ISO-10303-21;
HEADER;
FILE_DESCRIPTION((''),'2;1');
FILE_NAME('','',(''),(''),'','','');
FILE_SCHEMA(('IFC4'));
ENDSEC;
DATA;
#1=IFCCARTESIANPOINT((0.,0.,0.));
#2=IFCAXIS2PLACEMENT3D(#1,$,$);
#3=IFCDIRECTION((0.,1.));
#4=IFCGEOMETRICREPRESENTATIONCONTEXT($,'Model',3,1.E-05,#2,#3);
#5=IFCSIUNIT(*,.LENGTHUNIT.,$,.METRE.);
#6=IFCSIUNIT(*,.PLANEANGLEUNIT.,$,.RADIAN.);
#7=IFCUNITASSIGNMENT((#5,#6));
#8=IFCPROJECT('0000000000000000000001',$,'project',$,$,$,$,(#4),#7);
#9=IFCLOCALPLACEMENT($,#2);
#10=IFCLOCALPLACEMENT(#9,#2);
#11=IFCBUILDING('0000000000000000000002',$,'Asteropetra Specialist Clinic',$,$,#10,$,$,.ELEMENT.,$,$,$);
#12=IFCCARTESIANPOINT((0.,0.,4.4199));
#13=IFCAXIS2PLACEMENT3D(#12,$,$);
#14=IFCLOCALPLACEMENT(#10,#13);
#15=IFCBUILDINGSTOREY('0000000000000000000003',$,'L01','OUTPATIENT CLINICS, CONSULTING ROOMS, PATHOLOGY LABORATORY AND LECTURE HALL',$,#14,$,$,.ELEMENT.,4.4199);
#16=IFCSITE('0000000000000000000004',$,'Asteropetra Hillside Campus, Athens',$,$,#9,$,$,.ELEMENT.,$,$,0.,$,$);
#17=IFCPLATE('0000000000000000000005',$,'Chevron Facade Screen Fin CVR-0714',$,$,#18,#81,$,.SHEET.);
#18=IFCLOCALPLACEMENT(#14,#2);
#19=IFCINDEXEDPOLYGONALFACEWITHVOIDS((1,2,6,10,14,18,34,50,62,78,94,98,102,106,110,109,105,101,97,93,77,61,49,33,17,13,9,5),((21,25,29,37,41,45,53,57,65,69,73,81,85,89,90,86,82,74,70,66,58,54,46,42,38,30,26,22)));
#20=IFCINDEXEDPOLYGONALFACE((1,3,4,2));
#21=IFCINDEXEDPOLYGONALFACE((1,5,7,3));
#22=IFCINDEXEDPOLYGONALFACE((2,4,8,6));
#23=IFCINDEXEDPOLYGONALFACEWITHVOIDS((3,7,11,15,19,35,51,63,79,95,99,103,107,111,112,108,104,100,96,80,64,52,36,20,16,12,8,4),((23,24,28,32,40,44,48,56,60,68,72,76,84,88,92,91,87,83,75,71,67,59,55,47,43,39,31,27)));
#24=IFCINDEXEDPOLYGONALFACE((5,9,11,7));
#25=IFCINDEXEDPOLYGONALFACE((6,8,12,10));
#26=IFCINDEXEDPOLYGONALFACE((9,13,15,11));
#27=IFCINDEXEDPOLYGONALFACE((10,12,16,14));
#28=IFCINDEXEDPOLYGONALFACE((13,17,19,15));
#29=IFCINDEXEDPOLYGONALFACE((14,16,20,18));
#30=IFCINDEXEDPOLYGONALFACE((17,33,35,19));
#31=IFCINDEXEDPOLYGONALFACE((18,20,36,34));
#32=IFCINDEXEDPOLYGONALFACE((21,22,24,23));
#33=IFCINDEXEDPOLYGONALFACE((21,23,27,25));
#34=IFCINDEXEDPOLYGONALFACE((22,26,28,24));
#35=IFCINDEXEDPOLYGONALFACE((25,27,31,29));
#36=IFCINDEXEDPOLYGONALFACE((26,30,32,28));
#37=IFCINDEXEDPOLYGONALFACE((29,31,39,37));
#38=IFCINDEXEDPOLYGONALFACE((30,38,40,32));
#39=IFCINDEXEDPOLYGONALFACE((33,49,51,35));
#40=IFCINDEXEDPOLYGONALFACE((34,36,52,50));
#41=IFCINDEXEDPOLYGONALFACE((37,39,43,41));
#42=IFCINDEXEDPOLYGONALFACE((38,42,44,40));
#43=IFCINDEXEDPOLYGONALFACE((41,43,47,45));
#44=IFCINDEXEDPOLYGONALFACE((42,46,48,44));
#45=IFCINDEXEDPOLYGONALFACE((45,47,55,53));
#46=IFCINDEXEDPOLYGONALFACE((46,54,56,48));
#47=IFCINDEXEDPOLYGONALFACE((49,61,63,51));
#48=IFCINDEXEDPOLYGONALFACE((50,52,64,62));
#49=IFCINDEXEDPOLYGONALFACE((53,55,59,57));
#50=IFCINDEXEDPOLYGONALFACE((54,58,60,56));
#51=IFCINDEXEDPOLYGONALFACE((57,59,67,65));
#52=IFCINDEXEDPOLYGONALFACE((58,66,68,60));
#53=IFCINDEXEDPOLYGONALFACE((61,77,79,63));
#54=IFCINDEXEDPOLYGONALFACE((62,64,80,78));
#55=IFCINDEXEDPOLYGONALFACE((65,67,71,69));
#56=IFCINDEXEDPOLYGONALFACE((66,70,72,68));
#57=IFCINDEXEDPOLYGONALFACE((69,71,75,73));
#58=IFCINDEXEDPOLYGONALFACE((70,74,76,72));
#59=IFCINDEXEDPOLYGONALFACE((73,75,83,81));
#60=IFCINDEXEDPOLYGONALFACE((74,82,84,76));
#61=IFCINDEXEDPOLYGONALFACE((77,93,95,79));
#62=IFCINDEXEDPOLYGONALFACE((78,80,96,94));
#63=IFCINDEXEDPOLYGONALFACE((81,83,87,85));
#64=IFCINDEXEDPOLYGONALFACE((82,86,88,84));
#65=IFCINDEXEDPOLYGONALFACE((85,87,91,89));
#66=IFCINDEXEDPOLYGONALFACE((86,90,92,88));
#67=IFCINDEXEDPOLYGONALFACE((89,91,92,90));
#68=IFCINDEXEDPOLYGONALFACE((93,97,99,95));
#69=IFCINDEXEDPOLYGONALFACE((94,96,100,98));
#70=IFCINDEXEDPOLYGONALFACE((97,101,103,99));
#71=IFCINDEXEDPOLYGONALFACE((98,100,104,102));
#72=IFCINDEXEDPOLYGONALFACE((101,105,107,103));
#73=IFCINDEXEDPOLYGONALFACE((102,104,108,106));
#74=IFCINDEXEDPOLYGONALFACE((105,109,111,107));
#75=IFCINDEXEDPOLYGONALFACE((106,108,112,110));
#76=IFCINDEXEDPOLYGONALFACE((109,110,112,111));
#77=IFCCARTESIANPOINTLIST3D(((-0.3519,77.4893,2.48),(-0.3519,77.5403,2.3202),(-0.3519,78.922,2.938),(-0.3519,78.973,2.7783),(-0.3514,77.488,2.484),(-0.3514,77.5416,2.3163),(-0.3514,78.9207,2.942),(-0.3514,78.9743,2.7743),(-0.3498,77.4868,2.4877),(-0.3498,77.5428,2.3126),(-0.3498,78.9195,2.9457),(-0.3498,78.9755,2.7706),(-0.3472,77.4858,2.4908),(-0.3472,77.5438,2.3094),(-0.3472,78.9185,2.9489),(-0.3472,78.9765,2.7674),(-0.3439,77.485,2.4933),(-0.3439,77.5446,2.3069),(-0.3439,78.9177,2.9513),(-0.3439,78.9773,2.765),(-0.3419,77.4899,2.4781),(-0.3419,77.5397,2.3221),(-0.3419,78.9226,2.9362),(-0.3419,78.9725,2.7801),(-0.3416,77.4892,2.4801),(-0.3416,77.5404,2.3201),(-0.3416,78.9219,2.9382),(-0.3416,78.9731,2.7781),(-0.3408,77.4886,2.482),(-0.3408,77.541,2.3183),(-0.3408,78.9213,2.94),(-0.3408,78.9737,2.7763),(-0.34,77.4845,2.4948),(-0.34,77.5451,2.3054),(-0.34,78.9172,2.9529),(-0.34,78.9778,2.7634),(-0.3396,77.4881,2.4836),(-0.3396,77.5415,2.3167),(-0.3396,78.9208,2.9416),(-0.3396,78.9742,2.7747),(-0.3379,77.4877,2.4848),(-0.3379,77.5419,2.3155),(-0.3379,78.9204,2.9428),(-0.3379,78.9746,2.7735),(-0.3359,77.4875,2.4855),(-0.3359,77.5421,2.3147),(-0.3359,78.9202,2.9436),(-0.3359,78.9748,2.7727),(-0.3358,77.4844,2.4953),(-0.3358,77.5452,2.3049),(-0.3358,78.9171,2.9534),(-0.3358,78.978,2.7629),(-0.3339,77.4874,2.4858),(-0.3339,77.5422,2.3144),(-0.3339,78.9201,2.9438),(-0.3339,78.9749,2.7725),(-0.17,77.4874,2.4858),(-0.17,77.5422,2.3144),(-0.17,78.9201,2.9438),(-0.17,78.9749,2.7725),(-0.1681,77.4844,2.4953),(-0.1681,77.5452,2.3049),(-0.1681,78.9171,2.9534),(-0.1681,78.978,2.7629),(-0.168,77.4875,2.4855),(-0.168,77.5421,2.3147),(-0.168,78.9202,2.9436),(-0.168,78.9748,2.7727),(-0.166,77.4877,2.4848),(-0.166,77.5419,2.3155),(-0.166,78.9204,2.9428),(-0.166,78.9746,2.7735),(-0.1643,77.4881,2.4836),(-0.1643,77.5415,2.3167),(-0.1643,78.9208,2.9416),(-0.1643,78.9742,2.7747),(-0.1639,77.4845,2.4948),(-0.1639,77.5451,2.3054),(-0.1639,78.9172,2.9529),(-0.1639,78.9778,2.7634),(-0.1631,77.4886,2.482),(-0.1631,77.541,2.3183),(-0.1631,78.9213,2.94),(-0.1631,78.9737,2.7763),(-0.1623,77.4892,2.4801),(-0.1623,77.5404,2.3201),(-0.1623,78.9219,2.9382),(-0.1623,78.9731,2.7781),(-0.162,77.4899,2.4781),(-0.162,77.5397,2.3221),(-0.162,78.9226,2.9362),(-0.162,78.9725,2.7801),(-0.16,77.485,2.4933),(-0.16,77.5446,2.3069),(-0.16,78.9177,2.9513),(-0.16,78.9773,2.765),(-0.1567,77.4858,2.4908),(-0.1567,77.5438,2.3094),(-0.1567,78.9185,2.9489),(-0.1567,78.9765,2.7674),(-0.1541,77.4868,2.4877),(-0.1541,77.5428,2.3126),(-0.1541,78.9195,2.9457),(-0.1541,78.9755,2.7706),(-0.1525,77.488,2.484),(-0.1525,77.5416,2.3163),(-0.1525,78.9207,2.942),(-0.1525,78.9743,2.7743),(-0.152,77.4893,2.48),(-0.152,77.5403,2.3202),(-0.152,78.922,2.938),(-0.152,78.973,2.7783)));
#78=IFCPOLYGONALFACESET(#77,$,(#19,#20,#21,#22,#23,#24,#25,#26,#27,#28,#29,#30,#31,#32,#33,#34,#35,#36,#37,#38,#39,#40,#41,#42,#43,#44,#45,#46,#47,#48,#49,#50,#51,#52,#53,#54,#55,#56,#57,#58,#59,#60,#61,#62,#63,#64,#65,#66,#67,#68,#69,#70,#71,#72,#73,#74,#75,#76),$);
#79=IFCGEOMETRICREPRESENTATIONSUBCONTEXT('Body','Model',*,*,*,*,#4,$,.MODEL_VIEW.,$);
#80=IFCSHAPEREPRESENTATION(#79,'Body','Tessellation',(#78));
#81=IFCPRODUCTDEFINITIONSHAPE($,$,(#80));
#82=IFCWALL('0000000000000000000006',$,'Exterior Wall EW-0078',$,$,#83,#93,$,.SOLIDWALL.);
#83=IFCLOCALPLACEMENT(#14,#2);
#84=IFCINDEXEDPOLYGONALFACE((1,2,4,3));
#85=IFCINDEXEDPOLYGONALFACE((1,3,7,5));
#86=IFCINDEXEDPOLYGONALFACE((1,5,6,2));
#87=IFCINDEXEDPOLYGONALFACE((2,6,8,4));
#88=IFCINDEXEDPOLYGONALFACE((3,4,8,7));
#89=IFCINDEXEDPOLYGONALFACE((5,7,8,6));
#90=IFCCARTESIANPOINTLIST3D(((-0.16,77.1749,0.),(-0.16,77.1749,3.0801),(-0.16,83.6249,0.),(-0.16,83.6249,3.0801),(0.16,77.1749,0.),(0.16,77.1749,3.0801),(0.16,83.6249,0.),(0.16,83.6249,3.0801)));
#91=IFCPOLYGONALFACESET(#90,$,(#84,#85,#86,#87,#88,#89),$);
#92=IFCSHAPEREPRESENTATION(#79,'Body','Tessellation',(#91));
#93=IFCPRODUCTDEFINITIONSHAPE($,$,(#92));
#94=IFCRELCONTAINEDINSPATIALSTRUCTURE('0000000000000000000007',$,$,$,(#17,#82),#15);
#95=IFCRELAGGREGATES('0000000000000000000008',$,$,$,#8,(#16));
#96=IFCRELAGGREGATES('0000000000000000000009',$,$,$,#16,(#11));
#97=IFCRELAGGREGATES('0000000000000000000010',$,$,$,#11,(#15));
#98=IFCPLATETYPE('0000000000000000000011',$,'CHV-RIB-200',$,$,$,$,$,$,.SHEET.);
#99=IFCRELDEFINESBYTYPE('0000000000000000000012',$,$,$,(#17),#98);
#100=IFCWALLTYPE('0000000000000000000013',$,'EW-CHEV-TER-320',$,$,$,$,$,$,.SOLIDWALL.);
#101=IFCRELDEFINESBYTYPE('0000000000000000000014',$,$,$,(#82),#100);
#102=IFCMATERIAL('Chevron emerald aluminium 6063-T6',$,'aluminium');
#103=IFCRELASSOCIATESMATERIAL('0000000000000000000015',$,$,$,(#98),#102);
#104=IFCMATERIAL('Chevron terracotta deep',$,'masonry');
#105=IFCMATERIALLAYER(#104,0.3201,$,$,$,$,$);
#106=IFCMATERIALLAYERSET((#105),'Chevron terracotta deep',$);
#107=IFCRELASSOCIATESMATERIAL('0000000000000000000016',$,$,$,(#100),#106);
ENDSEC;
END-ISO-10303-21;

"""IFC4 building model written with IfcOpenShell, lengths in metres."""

from ifc_helpers import new_model, si_unit, direction, frame, frame_2d, origin, origin_2d, place, context, subcontext, project, spatial, rectangle, hollow_rectangle, extrude, material, layer, layer_set, material_profile, profile_set, type_object, element, save


model = new_model("IFC4")

# Units and contexts
model_context = context("Model", 3, precision=1e-05, world=origin(), true_north=direction((0.0, 1.0)))
body_context = subcontext(model_context, "Body", "Model", "MODEL_VIEW")
ifc_project = project(units=[si_unit("LENGTHUNIT", "METRE"), si_unit("PLANEANGLEUNIT", "RADIAN")], contexts=[model_context])

# Site, building, storey
site_placement = place(None, origin())
site = spatial("IfcSite", under=ifc_project, at=site_placement, Name="Asteropetra Hillside Campus, Athens", CompositionType="ELEMENT", RefElevation=0.0)
building_placement = place(site_placement, origin())
building = spatial("IfcBuilding", under=site, at=building_placement, Name="Asteropetra Specialist Clinic", CompositionType="ELEMENT")
storey_placement = place(building_placement, frame((0.0, 0.0, 4.4199)))
storey = spatial("IfcBuildingStorey", under=building, at=storey_placement, Name="L01", Description="OUTPATIENT CLINICS, CONSULTING ROOMS, PATHOLOGY LABORATORY AND LECTURE HALL", CompositionType="ELEMENT", Elevation=4.4199)

# Plate
ifc_material_1 = material(Name="Chevron emerald aluminium 6063-T6", Category="aluminium")
ifc_material_profile_1 = material_profile(ifc_material_1, hollow_rectangle(XDim=0.2, YDim=0.2, WallThickness=0.01, InnerFilletRadius=0.0081, OuterFilletRadius=0.0161, at=origin_2d()), Name="SHS 200x200x10.0")
ifc_profile_set_1 = profile_set([ifc_material_profile_1], Name="Chevron emerald aluminium 6063-T6")
plate_type = type_object("IfcPlateType", Name="CHV-RIB-200", PredefinedType="SHEET", material=ifc_profile_set_1)
plate_1_placement = place(storey_placement, frame((-0.252, 78.9475, 2.8582), z_axis=(0.0, -0.952507, -0.304517), x_axis=(1.0, 0.0, 0.0)))
element("IfcPlate", 1, at=plate_1_placement, inside=storey, type_object=plate_type, Name="Chevron Facade Screen Fin CVR-0714", PredefinedType="SHEET", context=body_context, shape_type="SweptSolid", body=[
    extrude(hollow_rectangle(XDim=0.2, YDim=0.2, WallThickness=0.01, InnerFilletRadius=0.0081, OuterFilletRadius=0.0161, at=origin_2d()), origin(), (0.0, 0.0, 1.0), 1.5042),
])

# Wall
ifc_material_2 = material(Name="Chevron terracotta deep", Category="masonry")
ifc_layer_1 = layer(ifc_material_2, 0.3201)
ifc_layer_set_1 = layer_set([ifc_layer_1], Name="Chevron terracotta deep")
wall_type = type_object("IfcWallType", Name="EW-CHEV-TER-320", PredefinedType="SOLIDWALL", material=ifc_layer_set_1)
wall_placement = place(storey_placement, frame((0.0, 83.625, 0.0), z_axis=(0.0, 0.0, 1.0), x_axis=(0.0, -1.0, 0.0)))
element("IfcWall", 2, at=wall_placement, inside=storey, type_object=wall_type, Name="Exterior Wall EW-0078", PredefinedType="SOLIDWALL", context=body_context, shape_type="SweptSolid", body=[
    extrude(rectangle(XDim=6.45, YDim=0.3201, at=frame_2d((3.2251, 0.0))), origin(), (0.0, 0.0, 1.0), 3.0801),
])

save(model, "model.ifc")
